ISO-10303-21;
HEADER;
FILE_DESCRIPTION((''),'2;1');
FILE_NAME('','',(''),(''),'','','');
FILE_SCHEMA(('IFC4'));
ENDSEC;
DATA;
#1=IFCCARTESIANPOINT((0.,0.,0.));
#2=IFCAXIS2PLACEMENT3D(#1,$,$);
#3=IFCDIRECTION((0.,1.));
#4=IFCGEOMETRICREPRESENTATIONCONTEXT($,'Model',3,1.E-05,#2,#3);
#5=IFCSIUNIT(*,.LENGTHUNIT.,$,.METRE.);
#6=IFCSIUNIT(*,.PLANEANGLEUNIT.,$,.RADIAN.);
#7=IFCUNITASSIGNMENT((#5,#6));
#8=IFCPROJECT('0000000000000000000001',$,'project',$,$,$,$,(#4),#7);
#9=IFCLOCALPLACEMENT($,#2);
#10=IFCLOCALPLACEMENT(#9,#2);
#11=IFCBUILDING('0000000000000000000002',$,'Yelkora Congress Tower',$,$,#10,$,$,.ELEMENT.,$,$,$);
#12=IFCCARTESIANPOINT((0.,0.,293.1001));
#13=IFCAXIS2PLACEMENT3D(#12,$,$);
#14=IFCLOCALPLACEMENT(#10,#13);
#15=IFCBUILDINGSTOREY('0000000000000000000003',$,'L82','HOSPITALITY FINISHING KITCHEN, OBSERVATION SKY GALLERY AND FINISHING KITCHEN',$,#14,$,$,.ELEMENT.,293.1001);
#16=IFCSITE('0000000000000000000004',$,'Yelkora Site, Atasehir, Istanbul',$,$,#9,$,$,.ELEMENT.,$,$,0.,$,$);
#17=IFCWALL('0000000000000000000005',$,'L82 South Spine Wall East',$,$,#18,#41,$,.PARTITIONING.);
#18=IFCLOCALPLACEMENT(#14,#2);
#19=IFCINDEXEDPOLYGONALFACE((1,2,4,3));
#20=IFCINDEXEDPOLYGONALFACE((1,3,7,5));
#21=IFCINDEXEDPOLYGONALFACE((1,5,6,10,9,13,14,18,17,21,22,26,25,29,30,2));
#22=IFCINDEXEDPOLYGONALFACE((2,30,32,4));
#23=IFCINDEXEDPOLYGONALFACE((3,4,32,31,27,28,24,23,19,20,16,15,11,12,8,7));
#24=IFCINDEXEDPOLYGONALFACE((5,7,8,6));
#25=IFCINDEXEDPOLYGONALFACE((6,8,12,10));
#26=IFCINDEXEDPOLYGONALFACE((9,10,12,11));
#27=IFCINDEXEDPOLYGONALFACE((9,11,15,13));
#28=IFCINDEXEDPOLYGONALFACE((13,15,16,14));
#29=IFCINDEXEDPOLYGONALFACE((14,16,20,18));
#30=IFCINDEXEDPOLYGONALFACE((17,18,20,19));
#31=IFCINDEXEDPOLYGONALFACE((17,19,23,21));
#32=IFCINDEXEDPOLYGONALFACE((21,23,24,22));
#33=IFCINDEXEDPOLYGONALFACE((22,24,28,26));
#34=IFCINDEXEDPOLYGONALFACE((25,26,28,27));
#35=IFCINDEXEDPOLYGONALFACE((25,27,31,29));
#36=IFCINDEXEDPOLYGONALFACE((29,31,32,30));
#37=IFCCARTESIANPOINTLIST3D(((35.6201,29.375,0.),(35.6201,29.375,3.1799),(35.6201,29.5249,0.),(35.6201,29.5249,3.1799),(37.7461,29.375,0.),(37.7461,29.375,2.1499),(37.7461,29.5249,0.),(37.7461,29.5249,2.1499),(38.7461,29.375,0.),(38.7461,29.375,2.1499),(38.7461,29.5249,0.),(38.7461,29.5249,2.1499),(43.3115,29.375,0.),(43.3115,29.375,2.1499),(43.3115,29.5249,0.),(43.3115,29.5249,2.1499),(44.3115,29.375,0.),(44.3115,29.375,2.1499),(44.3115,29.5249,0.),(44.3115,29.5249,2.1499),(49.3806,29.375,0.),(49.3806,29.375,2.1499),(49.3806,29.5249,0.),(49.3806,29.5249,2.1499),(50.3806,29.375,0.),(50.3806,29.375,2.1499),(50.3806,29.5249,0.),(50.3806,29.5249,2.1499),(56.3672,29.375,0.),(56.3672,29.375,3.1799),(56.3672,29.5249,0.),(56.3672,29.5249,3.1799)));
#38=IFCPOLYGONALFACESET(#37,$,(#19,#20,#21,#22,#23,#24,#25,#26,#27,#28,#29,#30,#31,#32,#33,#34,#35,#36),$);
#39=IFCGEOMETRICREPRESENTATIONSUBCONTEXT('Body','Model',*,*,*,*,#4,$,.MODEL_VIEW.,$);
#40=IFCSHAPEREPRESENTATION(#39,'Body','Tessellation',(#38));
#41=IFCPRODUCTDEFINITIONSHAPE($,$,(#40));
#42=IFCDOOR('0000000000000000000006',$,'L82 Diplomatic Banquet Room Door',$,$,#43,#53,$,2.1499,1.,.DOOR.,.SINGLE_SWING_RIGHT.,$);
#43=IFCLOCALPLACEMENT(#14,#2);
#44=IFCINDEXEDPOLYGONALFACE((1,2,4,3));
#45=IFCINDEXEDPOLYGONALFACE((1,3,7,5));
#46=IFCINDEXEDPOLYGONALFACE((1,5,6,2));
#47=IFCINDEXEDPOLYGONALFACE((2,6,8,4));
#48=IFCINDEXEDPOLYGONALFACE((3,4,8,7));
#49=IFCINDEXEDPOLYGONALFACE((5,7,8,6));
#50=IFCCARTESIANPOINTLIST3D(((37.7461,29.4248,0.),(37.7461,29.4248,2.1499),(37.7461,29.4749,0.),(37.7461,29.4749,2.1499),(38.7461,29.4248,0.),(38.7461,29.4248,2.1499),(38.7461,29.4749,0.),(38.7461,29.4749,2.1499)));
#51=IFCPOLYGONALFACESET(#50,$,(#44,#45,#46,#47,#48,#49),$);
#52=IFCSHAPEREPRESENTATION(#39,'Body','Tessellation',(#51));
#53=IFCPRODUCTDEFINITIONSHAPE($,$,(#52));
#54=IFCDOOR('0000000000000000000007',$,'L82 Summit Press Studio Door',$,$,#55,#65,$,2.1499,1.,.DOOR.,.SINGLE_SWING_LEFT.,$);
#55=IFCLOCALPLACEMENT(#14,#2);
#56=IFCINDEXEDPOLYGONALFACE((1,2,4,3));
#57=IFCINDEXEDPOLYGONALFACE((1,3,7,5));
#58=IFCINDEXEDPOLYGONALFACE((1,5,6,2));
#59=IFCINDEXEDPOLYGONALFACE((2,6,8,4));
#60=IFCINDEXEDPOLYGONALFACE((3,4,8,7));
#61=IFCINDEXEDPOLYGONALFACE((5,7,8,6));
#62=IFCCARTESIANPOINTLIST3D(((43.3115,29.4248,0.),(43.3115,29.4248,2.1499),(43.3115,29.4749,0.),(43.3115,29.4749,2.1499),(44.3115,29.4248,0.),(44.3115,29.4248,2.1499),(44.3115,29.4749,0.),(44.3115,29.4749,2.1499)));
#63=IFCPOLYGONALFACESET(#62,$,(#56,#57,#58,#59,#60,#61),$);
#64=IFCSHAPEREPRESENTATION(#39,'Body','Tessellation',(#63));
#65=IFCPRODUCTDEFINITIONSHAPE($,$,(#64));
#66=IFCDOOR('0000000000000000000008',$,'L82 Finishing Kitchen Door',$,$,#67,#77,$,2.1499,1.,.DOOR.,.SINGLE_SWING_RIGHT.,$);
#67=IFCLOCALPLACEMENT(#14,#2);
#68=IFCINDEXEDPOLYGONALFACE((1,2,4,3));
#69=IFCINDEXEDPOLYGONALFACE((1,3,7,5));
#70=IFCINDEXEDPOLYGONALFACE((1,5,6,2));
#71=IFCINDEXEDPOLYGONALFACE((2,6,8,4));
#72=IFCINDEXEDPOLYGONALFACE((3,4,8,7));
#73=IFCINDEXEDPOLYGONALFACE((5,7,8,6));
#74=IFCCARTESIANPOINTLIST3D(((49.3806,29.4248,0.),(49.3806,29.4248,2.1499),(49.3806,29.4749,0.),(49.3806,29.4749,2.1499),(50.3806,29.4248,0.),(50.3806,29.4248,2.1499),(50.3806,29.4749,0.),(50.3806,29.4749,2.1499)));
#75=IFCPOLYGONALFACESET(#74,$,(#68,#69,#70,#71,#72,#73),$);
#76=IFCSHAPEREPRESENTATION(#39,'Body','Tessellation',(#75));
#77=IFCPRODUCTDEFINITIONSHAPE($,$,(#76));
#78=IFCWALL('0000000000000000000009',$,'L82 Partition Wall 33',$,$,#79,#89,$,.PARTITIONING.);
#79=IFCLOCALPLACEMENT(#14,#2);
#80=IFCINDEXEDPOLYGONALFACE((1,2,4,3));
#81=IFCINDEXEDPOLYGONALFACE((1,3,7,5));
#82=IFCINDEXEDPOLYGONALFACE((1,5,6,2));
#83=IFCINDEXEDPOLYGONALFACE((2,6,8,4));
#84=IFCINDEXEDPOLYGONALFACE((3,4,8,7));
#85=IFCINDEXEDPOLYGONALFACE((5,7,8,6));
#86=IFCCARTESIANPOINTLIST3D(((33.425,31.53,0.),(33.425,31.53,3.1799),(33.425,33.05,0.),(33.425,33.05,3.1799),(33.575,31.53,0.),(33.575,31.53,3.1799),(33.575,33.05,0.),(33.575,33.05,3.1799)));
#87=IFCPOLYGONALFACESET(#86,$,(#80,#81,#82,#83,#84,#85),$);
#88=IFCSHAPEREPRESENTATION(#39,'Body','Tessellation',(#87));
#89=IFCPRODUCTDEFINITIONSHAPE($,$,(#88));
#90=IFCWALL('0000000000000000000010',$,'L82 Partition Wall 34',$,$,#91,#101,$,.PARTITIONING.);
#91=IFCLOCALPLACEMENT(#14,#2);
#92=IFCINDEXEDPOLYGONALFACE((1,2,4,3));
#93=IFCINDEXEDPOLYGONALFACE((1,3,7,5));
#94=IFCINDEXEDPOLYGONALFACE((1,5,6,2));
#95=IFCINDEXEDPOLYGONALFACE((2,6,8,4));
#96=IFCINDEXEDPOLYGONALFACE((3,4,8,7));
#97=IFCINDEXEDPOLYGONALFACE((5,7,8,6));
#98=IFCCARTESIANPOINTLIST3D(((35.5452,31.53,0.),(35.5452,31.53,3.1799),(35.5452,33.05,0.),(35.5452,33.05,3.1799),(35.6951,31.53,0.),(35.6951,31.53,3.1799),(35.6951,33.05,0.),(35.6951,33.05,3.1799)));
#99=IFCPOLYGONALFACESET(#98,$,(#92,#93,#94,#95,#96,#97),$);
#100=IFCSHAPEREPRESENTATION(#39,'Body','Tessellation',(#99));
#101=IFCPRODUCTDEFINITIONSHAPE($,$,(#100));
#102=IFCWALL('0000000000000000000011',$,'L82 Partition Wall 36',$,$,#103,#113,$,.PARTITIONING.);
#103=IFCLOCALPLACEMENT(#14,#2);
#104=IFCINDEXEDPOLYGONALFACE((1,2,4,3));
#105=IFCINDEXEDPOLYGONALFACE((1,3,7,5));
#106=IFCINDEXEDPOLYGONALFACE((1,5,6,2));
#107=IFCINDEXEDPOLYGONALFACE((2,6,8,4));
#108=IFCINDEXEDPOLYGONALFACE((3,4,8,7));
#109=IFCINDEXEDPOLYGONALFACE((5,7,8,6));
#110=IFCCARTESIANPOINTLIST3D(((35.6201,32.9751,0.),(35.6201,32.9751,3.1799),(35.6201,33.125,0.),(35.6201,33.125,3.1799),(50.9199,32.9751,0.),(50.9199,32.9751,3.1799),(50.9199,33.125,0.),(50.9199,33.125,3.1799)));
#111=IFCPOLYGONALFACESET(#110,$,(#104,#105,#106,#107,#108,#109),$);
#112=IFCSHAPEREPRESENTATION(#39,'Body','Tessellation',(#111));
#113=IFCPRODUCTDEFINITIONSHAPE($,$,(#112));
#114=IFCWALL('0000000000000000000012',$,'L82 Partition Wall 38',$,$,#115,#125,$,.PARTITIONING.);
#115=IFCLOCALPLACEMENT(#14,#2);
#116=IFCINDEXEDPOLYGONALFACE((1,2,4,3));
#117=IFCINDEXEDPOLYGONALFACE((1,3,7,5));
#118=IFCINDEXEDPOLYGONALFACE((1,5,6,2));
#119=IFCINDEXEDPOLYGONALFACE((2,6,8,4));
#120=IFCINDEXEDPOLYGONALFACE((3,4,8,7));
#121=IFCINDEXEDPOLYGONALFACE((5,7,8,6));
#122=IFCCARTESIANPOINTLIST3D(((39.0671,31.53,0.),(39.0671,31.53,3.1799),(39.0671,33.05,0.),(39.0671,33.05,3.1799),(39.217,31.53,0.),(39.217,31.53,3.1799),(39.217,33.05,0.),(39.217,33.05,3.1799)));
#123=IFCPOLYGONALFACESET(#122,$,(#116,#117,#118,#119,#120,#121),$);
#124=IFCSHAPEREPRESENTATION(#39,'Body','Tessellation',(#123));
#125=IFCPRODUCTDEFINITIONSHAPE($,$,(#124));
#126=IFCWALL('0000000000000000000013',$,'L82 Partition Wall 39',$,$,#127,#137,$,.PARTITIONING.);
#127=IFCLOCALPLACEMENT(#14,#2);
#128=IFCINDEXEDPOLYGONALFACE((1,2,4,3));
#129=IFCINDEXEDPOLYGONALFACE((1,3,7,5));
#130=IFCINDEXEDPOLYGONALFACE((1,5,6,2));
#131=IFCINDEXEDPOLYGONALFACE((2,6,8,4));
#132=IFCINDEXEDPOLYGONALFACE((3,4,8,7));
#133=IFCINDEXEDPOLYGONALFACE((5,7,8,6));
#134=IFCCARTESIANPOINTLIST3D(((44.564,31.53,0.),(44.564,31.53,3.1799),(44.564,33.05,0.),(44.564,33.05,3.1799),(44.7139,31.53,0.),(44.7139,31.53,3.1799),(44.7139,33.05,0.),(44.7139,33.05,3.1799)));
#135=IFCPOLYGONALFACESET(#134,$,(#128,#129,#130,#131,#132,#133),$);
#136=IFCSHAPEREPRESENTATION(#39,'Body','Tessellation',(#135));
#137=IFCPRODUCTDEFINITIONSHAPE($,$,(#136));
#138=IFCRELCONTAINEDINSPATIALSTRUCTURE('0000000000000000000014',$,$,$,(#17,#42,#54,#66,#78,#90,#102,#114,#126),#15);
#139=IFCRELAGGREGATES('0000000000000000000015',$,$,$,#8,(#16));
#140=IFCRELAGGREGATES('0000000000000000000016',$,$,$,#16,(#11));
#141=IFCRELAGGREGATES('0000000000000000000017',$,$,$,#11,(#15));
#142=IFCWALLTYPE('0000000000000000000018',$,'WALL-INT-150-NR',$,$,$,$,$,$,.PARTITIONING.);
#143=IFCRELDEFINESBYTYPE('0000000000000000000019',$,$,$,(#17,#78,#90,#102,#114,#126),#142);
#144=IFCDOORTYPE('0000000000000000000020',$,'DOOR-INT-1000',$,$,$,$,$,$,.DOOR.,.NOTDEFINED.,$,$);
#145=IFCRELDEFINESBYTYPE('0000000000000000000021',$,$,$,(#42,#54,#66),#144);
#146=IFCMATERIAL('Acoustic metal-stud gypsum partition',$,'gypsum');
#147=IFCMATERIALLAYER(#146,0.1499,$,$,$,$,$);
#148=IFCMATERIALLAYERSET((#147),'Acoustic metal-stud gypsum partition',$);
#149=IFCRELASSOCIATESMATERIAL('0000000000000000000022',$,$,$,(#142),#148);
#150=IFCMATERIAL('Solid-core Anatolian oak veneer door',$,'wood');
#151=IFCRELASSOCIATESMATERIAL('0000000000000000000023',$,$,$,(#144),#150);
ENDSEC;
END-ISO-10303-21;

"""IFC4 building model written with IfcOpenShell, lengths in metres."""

from ifc_helpers import new_model, si_unit, direction, frame, frame_2d, origin, place, context, subcontext, project, spatial, rectangle, extrude, material, layer, layer_set, type_object, element, fill, save


model = new_model("IFC4")

# Units and contexts
model_context = context("Model", 3, precision=1e-05, world=origin(), true_north=direction((0.0, 1.0)))
body_context = subcontext(model_context, "Body", "Model", "MODEL_VIEW")
ifc_project = project(units=[si_unit("LENGTHUNIT", "METRE"), si_unit("PLANEANGLEUNIT", "RADIAN")], contexts=[model_context])

# Site, building, storey
site_placement = place(None, origin())
site = spatial("IfcSite", under=ifc_project, at=site_placement, Name="Yelkora Site, Atasehir, Istanbul", CompositionType="ELEMENT", RefElevation=0.0)
building_placement = place(site_placement, origin())
building = spatial("IfcBuilding", under=site, at=building_placement, Name="Yelkora Congress Tower", CompositionType="ELEMENT")
storey_placement = place(building_placement, frame((0.0, 0.0, 293.1001)))
storey = spatial("IfcBuildingStorey", under=building, at=storey_placement, Name="L82", Description="HOSPITALITY FINISHING KITCHEN, OBSERVATION SKY GALLERY AND FINISHING KITCHEN", CompositionType="ELEMENT", Elevation=293.1001)

# Wall, openings, doors
ifc_material_1 = material(Name="Acoustic metal-stud gypsum partition", Category="gypsum")
ifc_layer_1 = layer(ifc_material_1, 0.1499)
ifc_layer_set_1 = layer_set([ifc_layer_1], Name="Acoustic metal-stud gypsum partition")
wall_type_1 = type_object("IfcWallType", Name="WALL-INT-150-NR", PredefinedType="PARTITIONING", material=ifc_layer_set_1)
wall_1_placement = place(storey_placement, frame((35.6201, 29.45, 0.0), z_axis=(0.0, 0.0, 1.0), x_axis=(1.0, 0.0, 0.0)))
wall_1 = element("IfcWall", 1, at=wall_1_placement, inside=storey, type_object=wall_type_1, Name="L82 South Spine Wall East", PredefinedType="PARTITIONING", context=body_context, shape_type="SweptSolid", body=[
    extrude(rectangle(XDim=20.7471, YDim=0.1499, at=frame_2d((10.3735, 0.0))), origin(), (0.0, 0.0, 1.0), 3.1799),
])
opening_1_placement = place(wall_1_placement, frame((2.126, 0.0, 0.0)))
opening_1 = element("IfcOpeningElement", 2, at=opening_1_placement, cuts=wall_1, PredefinedType="OPENING", context=body_context, shape_type="SweptSolid", body=[
    extrude(rectangle(XDim=1.0, YDim=2.1499, at=frame_2d((0.5, 1.075))), frame((0.0, 0.085, 0.0), z_axis=(0.0, -1.0, 0.0), x_axis=(1.0, 0.0, 0.0)), (0.0, 0.0, 1.0), 0.1699),
])
opening_2_placement = place(wall_1_placement, frame((7.6914, 0.0, 0.0)))
opening_2 = element("IfcOpeningElement", 3, at=opening_2_placement, cuts=wall_1, PredefinedType="OPENING", context=body_context, shape_type="SweptSolid", body=[
    extrude(rectangle(XDim=1.0, YDim=2.1499, at=frame_2d((0.5, 1.075))), frame((0.0, 0.085, 0.0), z_axis=(0.0, -1.0, 0.0), x_axis=(1.0, 0.0, 0.0)), (0.0, 0.0, 1.0), 0.1699),
])
opening_3_placement = place(wall_1_placement, frame((13.7605, 0.0, 0.0)))
opening_3 = element("IfcOpeningElement", 4, at=opening_3_placement, cuts=wall_1, PredefinedType="OPENING", context=body_context, shape_type="SweptSolid", body=[
    extrude(rectangle(XDim=1.0, YDim=2.1499, at=frame_2d((0.5, 1.075))), frame((0.0, 0.085, 0.0), z_axis=(0.0, -1.0, 0.0), x_axis=(1.0, 0.0, 0.0)), (0.0, 0.0, 1.0), 0.1699),
])
ifc_material_2 = material(Name="Solid-core Anatolian oak veneer door", Category="wood")
door_type_1 = type_object("IfcDoorType", Name="DOOR-INT-1000", OperationType="NOTDEFINED", PredefinedType="DOOR", material=ifc_material_2)
door_1_placement = place(opening_1_placement, origin())
door_1 = element("IfcDoor", 5, at=door_1_placement, inside=storey, type_object=door_type_1, Name="L82 Diplomatic Banquet Room Door", OperationType="SINGLE_SWING_RIGHT", OverallHeight=2.1499, OverallWidth=1.0, PredefinedType="DOOR", context=body_context, shape_type="SweptSolid", body=[
    extrude(rectangle(XDim=1.0, YDim=2.1499, at=frame_2d((0.5, 1.075))), frame((0.0, 0.0249, 0.0), z_axis=(0.0, -1.0, 0.0), x_axis=(1.0, 0.0, 0.0)), (0.0, 0.0, 1.0), 0.05),
])
fill(opening_1, door_1)
door_2_placement = place(opening_2_placement, origin())
door_2 = element("IfcDoor", 6, at=door_2_placement, inside=storey, type_object=door_type_1, Name="L82 Summit Press Studio Door", OperationType="SINGLE_SWING_LEFT", OverallHeight=2.1499, OverallWidth=1.0, PredefinedType="DOOR", context=body_context, shape_type="SweptSolid", body=[
    extrude(rectangle(XDim=1.0, YDim=2.1499, at=frame_2d((0.5, 1.075))), frame((0.0, 0.0249, 0.0), z_axis=(0.0, -1.0, 0.0), x_axis=(1.0, 0.0, 0.0)), (0.0, 0.0, 1.0), 0.05),
])
fill(opening_2, door_2)
door_3_placement = place(opening_3_placement, origin())
door_3 = element("IfcDoor", 7, at=door_3_placement, inside=storey, type_object=door_type_1, Name="L82 Finishing Kitchen Door", OperationType="SINGLE_SWING_RIGHT", OverallHeight=2.1499, OverallWidth=1.0, PredefinedType="DOOR", context=body_context, shape_type="SweptSolid", body=[
    extrude(rectangle(XDim=1.0, YDim=2.1499, at=frame_2d((0.5, 1.075))), frame((0.0, 0.0249, 0.0), z_axis=(0.0, -1.0, 0.0), x_axis=(1.0, 0.0, 0.0)), (0.0, 0.0, 1.0), 0.05),
])
fill(opening_3, door_3)

# Walls
for number, where, z_axis, x_axis, name in (
    (8, (33.5, 31.53, 0.0), (0.0, 0.0, 1.0), (0.0, 1.0, 0.0), "L82 Partition Wall 33"),
    (9, (35.6201, 31.53, 0.0), (0.0, 0.0, 1.0), (0.0, 1.0, 0.0), "L82 Partition Wall 34"),
):
    element("IfcWall", number, at=place(storey_placement, frame(where, z_axis=z_axis, x_axis=x_axis)), inside=storey, type_object=wall_type_1, Name=name, PredefinedType="PARTITIONING", context=body_context, shape_type="SweptSolid", body=[
        extrude(rectangle(XDim=1.52, YDim=0.1499, at=frame_2d((0.76, 0.0))), origin(), (0.0, 0.0, 1.0), 3.1799),
    ])
wall_2_placement = place(storey_placement, frame((35.6201, 33.05, 0.0), z_axis=(0.0, 0.0, 1.0), x_axis=(1.0, 0.0, 0.0)))
element("IfcWall", 10, at=wall_2_placement, inside=storey, type_object=wall_type_1, Name="L82 Partition Wall 36", PredefinedType="PARTITIONING", context=body_context, shape_type="SweptSolid", body=[
    extrude(rectangle(XDim=15.2998, YDim=0.1499, at=frame_2d((7.6499, 0.0))), origin(), (0.0, 0.0, 1.0), 3.1799),
])
for number, where, z_axis, x_axis, name in (
    (11, (39.1421, 31.53, 0.0), (0.0, 0.0, 1.0), (0.0, 1.0, 0.0), "L82 Partition Wall 38"),
    (12, (44.6389, 31.53, 0.0), (0.0, 0.0, 1.0), (0.0, 1.0, 0.0), "L82 Partition Wall 39"),
):
    element("IfcWall", number, at=place(storey_placement, frame(where, z_axis=z_axis, x_axis=x_axis)), inside=storey, type_object=wall_type_1, Name=name, PredefinedType="PARTITIONING", context=body_context, shape_type="SweptSolid", body=[
        extrude(rectangle(XDim=1.52, YDim=0.1499, at=frame_2d((0.76, 0.0))), origin(), (0.0, 0.0, 1.0), 3.1799),
    ])

save(model, "model.ifc")
